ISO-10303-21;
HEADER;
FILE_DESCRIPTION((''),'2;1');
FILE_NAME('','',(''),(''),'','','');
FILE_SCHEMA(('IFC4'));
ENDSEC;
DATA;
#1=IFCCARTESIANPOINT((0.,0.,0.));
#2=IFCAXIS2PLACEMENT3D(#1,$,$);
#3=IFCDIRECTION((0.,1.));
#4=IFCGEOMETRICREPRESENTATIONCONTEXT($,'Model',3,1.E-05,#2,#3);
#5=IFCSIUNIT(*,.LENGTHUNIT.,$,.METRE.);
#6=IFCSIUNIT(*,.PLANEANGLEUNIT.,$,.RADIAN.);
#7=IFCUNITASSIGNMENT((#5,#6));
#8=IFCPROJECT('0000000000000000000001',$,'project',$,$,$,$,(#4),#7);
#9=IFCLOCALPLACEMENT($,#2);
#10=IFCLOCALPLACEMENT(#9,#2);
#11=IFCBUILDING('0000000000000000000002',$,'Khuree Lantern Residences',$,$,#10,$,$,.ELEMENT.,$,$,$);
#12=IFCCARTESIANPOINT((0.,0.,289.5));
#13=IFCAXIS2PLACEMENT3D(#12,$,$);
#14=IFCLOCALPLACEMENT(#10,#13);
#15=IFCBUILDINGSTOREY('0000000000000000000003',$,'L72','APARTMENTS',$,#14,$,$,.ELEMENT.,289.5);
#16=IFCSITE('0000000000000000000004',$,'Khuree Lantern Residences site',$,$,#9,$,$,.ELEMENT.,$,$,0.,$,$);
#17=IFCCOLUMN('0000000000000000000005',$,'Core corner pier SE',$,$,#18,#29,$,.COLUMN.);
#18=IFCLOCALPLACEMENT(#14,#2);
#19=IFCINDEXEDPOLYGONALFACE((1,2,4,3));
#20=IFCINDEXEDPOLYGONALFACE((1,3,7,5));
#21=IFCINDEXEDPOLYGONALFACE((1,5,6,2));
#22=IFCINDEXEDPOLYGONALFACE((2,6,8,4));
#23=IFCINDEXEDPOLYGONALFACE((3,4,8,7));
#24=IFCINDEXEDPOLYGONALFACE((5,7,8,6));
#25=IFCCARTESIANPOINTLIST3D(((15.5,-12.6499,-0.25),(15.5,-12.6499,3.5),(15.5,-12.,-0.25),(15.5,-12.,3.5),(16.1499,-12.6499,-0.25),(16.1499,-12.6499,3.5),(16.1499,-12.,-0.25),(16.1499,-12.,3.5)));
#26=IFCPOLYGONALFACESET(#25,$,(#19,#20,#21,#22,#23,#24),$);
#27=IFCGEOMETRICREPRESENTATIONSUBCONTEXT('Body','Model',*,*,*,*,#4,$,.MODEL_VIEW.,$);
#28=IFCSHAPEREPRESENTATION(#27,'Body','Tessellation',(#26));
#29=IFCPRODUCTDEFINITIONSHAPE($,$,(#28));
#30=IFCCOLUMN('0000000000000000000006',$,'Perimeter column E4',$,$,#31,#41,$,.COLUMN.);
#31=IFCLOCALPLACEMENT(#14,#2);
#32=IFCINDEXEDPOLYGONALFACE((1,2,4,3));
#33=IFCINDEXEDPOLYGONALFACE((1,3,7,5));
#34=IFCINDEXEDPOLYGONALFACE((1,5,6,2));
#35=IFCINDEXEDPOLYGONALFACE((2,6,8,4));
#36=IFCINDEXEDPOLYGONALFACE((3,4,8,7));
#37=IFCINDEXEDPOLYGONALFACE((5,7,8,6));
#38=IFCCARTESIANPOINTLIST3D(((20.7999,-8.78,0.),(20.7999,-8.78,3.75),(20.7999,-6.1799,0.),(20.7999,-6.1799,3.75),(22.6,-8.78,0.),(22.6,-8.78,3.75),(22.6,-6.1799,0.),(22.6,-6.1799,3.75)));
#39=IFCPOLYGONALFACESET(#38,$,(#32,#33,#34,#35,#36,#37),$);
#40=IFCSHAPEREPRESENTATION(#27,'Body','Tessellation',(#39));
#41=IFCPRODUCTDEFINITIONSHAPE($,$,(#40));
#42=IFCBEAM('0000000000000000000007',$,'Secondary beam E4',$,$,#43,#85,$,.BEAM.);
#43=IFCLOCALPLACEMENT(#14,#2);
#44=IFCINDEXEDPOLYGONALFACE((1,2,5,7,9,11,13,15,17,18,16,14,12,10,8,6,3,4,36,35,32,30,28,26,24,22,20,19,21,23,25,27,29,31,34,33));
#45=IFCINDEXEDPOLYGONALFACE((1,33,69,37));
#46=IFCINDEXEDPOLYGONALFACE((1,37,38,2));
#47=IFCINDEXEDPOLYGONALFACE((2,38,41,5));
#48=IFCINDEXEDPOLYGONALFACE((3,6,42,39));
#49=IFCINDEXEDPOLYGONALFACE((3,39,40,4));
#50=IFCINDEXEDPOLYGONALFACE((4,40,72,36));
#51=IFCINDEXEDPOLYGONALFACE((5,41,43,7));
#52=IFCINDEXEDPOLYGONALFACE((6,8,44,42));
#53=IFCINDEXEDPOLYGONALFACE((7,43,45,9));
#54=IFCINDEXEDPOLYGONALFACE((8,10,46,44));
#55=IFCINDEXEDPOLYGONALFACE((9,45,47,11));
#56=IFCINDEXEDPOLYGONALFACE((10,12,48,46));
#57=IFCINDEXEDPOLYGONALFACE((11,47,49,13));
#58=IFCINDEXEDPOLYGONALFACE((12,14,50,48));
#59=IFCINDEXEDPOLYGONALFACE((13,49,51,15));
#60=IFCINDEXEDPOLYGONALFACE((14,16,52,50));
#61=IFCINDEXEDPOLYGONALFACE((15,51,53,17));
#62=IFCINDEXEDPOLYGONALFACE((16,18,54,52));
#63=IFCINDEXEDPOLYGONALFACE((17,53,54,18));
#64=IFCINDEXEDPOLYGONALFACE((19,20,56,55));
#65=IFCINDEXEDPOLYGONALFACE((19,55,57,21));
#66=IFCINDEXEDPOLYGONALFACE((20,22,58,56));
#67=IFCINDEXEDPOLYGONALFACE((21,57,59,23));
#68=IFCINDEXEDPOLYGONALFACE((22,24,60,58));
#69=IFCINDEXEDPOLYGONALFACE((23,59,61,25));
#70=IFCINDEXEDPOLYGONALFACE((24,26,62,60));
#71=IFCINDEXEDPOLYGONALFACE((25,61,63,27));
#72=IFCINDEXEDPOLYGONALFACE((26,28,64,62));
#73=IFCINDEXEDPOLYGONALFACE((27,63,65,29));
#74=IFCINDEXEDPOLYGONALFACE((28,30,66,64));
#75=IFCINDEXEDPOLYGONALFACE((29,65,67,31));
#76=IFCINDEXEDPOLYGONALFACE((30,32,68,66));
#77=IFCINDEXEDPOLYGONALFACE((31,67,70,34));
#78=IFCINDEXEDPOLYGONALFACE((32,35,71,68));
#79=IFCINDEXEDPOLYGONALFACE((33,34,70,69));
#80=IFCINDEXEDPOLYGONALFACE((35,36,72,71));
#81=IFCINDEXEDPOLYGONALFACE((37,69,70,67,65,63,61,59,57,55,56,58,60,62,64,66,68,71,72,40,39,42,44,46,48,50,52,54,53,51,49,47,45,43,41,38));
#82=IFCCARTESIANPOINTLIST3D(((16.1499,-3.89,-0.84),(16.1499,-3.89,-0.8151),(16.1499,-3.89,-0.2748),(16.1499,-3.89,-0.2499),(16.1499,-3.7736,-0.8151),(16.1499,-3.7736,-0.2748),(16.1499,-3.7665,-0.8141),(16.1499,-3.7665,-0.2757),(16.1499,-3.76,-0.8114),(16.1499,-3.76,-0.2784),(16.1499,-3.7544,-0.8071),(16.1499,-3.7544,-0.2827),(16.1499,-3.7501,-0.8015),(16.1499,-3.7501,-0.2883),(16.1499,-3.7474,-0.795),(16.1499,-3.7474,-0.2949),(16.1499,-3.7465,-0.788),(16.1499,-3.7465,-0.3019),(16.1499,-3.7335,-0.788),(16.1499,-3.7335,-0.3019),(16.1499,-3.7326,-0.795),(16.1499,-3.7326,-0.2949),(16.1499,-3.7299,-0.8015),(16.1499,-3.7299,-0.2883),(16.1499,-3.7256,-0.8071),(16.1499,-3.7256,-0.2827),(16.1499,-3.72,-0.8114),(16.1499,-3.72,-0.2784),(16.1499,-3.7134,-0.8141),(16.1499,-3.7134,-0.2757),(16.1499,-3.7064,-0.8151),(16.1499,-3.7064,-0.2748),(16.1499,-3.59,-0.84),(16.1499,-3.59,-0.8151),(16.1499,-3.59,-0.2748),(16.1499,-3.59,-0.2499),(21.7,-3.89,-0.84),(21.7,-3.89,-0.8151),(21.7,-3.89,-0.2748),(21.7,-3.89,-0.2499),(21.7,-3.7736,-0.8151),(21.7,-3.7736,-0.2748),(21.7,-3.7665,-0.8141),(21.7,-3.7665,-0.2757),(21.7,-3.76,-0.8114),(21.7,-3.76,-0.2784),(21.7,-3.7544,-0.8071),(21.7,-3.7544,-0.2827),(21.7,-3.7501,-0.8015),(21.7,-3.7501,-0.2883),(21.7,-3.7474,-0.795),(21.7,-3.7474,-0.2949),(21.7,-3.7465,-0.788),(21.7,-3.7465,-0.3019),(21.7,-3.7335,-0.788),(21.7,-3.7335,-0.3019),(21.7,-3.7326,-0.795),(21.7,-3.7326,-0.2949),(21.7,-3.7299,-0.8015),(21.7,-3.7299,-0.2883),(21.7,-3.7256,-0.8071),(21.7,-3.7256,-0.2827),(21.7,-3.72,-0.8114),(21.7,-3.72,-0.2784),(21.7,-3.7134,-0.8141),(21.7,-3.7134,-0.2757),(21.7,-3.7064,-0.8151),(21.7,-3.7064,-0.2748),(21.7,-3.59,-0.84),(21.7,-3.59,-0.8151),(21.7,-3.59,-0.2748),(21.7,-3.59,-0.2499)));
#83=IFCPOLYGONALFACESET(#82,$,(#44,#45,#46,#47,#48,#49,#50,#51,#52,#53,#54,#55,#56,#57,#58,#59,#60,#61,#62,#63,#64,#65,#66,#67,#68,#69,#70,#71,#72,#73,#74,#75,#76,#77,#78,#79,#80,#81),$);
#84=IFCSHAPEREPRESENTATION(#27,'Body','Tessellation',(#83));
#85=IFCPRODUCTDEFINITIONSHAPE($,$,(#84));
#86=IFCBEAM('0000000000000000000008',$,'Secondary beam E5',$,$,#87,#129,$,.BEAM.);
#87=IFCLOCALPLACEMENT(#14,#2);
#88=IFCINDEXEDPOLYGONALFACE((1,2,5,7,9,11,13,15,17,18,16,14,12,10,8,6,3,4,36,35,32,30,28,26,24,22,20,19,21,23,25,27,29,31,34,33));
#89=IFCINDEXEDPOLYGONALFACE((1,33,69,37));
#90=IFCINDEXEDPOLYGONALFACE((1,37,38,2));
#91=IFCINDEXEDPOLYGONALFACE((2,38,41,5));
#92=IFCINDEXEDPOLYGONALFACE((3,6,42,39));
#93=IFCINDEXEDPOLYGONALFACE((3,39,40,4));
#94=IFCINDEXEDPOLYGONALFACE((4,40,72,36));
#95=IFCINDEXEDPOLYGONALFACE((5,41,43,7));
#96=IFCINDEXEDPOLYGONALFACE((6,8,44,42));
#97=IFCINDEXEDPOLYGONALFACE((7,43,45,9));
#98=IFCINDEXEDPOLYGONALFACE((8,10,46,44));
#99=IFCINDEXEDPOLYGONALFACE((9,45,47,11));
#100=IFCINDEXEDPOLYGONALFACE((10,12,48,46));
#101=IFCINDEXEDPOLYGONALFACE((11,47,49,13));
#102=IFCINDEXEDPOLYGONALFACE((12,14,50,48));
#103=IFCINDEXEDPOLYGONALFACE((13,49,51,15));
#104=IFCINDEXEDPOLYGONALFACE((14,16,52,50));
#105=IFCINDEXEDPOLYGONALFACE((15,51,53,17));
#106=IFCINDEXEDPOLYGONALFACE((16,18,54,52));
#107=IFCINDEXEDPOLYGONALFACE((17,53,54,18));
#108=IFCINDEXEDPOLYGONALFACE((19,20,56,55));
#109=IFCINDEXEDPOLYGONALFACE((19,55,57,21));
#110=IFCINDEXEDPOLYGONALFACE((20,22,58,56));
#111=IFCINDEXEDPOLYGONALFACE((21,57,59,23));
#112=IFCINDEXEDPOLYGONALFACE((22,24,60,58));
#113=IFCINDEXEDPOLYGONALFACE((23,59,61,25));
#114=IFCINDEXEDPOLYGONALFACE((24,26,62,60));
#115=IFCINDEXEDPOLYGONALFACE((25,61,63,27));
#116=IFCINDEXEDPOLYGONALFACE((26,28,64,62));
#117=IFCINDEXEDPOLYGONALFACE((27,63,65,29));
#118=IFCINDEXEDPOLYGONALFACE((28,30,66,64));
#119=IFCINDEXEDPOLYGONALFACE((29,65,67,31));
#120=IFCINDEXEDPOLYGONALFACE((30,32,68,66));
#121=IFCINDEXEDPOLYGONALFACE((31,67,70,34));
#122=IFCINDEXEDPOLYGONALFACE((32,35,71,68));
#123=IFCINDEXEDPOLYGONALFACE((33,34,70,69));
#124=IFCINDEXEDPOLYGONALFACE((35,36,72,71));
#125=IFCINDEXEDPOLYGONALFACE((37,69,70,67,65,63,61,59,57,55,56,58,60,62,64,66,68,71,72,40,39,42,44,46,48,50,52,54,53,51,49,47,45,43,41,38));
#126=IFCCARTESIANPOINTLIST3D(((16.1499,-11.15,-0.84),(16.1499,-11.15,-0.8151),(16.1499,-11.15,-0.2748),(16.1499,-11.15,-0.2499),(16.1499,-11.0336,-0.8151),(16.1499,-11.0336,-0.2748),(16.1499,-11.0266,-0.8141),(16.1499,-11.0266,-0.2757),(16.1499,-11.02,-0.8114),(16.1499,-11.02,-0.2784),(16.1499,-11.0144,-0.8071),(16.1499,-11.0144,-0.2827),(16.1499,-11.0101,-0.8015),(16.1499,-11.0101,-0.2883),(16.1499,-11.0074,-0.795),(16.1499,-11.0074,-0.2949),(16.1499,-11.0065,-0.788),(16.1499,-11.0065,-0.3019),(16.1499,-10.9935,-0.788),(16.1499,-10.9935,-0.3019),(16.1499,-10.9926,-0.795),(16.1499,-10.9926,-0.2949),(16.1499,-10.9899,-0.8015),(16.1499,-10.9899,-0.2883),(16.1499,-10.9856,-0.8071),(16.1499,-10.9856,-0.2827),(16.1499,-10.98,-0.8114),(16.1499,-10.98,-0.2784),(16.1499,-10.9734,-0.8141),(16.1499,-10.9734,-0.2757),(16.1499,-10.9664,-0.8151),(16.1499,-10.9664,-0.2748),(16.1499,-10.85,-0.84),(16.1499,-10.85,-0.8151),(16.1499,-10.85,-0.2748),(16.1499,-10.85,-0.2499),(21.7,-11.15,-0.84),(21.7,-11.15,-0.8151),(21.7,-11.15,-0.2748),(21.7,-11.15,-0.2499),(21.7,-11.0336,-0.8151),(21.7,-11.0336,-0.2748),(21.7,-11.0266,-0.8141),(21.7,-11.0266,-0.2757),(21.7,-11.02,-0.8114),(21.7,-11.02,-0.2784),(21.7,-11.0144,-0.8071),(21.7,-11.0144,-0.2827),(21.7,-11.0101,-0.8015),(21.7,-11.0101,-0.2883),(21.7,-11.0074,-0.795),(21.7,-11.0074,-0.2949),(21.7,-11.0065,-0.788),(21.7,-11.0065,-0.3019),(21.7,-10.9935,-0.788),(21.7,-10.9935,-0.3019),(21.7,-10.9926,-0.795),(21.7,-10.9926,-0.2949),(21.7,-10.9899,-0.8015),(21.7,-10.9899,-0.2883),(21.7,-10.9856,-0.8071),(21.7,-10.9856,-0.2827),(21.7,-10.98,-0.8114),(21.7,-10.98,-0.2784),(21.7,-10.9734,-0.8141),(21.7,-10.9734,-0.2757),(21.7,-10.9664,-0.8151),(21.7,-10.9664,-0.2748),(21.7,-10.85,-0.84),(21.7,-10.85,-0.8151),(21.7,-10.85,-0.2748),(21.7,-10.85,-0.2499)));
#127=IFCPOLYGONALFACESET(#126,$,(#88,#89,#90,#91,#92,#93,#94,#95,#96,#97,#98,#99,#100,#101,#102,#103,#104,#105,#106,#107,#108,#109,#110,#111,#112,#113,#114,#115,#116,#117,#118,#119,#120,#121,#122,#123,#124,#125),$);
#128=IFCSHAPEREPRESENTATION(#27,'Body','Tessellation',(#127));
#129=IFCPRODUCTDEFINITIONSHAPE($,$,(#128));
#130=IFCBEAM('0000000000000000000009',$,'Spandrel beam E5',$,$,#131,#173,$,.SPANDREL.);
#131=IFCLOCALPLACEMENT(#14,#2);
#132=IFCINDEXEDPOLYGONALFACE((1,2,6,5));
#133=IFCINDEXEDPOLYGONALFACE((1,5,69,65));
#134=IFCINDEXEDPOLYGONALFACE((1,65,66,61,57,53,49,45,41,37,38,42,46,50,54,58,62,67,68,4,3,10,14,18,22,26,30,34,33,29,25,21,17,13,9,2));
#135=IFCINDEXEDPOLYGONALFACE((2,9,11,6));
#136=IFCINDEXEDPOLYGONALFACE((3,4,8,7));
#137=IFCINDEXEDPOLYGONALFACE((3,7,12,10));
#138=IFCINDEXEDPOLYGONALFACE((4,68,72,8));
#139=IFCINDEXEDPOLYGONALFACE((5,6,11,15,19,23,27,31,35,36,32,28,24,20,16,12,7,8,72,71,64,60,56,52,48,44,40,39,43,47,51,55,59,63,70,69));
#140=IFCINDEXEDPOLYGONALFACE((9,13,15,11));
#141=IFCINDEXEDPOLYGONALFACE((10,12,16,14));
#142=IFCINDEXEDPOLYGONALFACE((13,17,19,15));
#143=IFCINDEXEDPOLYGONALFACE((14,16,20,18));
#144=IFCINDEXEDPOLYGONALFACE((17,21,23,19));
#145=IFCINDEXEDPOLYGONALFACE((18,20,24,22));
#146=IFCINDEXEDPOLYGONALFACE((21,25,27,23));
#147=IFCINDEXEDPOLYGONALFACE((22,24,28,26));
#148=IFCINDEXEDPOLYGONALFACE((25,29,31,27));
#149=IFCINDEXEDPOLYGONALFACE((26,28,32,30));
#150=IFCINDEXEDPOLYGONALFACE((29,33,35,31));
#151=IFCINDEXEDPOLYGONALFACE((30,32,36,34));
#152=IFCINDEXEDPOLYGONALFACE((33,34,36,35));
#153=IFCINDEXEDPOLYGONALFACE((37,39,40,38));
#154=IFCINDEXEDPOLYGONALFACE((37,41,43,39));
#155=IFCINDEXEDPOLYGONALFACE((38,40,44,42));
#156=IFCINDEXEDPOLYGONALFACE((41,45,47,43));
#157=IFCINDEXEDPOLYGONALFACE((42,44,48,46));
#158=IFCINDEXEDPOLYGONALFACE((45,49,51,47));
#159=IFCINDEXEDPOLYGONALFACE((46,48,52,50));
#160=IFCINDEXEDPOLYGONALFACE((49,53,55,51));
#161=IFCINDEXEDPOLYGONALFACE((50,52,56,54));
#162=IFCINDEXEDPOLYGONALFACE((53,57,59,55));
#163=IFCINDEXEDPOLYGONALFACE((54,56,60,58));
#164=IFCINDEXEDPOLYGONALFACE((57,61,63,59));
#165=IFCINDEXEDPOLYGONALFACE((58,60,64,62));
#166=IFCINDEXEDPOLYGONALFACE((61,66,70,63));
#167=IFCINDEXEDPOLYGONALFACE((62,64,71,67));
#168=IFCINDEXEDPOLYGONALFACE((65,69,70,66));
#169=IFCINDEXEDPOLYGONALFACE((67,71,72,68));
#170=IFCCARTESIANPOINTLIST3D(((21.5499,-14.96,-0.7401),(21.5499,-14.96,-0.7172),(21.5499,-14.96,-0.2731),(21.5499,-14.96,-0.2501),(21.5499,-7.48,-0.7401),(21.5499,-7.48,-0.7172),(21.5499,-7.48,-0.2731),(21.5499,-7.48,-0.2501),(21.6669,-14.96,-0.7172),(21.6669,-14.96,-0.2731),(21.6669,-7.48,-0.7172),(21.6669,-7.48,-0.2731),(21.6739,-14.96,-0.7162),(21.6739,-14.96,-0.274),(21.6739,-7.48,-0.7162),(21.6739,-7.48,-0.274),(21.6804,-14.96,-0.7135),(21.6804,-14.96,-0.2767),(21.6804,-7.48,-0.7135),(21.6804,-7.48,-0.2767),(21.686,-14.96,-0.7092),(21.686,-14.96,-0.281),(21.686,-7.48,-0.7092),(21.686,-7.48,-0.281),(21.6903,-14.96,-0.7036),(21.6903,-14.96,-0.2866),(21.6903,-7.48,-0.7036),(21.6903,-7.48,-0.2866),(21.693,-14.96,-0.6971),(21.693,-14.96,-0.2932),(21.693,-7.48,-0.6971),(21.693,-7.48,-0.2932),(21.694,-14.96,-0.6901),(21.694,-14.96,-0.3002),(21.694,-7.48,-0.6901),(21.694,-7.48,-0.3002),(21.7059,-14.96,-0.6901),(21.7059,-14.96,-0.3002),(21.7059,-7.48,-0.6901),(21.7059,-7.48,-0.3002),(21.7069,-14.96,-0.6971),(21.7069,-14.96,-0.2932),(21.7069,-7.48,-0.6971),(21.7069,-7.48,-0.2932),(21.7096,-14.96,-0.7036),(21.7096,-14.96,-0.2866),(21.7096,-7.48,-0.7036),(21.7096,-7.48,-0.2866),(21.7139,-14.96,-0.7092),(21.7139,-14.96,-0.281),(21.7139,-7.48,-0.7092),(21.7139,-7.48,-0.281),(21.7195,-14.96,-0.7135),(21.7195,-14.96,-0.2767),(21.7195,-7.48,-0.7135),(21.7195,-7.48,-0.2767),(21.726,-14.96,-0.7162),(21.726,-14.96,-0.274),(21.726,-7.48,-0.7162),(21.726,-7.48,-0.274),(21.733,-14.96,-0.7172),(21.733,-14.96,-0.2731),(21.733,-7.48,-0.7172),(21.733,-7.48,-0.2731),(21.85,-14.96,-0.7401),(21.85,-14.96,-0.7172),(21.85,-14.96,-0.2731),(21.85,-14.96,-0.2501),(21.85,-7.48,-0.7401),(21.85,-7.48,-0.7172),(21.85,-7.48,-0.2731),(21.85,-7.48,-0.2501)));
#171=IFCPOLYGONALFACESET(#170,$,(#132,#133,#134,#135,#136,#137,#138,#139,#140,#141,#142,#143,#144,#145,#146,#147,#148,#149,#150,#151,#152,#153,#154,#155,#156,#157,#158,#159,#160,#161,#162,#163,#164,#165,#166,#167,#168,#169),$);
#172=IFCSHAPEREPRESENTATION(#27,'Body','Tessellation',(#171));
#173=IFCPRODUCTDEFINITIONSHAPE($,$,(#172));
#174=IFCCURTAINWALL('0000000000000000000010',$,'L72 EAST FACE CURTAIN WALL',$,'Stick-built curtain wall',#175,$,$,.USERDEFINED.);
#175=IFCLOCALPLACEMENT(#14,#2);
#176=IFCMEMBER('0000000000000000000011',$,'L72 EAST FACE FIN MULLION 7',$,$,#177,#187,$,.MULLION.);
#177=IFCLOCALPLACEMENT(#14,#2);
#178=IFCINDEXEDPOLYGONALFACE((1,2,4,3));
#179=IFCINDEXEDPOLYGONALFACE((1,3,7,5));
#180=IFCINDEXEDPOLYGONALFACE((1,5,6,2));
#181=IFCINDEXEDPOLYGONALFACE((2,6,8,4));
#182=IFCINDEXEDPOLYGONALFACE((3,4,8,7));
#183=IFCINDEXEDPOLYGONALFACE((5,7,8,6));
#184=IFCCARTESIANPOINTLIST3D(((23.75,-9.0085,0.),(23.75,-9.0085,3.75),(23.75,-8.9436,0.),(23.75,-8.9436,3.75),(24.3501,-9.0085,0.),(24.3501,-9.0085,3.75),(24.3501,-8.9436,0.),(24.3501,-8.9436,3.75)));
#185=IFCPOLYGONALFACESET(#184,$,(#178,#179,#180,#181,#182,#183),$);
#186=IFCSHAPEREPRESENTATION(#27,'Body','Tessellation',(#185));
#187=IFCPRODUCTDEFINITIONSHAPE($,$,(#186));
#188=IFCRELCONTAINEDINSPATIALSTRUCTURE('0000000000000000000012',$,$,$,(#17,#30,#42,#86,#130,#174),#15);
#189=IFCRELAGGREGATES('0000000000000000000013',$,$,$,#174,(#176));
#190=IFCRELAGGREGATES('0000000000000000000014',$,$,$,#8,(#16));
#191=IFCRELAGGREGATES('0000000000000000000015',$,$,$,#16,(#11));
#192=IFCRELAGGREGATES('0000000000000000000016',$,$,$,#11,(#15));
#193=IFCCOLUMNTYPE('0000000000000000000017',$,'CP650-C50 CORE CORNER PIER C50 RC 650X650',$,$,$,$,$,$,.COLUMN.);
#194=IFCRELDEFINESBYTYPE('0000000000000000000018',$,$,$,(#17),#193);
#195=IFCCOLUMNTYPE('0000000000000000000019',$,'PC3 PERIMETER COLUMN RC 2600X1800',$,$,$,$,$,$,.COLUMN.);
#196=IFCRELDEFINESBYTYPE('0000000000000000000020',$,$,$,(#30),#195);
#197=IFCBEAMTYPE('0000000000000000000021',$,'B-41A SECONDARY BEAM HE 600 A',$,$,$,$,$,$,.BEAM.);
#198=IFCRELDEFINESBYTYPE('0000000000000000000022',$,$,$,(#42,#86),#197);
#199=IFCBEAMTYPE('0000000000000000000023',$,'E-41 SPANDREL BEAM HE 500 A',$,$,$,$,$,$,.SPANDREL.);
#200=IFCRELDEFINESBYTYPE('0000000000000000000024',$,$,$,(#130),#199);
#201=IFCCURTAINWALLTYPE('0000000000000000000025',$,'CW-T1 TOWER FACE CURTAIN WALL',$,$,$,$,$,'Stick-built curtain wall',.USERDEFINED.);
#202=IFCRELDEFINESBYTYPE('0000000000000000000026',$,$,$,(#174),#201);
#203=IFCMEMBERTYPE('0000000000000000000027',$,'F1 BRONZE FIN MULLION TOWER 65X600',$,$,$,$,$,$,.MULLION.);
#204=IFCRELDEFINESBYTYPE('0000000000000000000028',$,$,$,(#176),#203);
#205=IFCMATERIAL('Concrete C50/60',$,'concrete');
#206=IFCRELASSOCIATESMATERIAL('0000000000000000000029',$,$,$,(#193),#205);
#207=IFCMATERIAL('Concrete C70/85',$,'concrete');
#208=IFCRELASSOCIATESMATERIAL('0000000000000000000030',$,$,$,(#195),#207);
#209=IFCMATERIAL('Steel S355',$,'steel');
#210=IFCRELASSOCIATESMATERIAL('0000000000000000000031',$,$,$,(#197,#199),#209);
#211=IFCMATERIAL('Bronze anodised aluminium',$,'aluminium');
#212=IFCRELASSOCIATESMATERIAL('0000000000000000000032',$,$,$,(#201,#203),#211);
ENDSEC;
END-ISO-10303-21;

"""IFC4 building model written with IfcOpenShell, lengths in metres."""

from ifc_helpers import new_model, si_unit, direction, frame, origin, origin_2d, place, context, subcontext, project, spatial, rectangle, i_section, extrude, material, material_profile, profile_set, type_object, element, aggregate, save


model = new_model("IFC4")

# Units and contexts
model_context = context("Model", 3, precision=1e-05, world=origin(), true_north=direction((0.0, 1.0)))
body_context = subcontext(model_context, "Body", "Model", "MODEL_VIEW")
ifc_project = project(units=[si_unit("LENGTHUNIT", "METRE"), si_unit("PLANEANGLEUNIT", "RADIAN")], contexts=[model_context])

# Site, building, storey
site_placement = place(None, origin())
site = spatial("IfcSite", under=ifc_project, at=site_placement, Name="Khuree Lantern Residences site", CompositionType="ELEMENT", RefElevation=0.0)
building_placement = place(site_placement, origin())
building = spatial("IfcBuilding", under=site, at=building_placement, Name="Khuree Lantern Residences", CompositionType="ELEMENT")
storey_placement = place(building_placement, frame((0.0, 0.0, 289.5)))
storey = spatial("IfcBuildingStorey", under=building, at=storey_placement, Name="L72", Description="APARTMENTS", CompositionType="ELEMENT", Elevation=289.5)

# Columns
ifc_material_1 = material(Name="Concrete C50/60", Category="concrete")
ifc_material_profile_1 = material_profile(ifc_material_1, rectangle(XDim=0.6499, YDim=0.6499, at=origin_2d()), Name="RC 650X650")
ifc_profile_set_1 = profile_set([ifc_material_profile_1], Name="Concrete C50/60")
column_type_1 = type_object("IfcColumnType", Name="CP650-C50 CORE CORNER PIER C50 RC 650X650", PredefinedType="COLUMN", material=ifc_profile_set_1)
column_1_placement = place(storey_placement, frame((15.825, -12.325, -0.25), z_axis=(0.0, 0.0, 1.0), x_axis=(1.0, 0.0, 0.0)))
element("IfcColumn", 1, at=column_1_placement, inside=storey, type_object=column_type_1, Name="Core corner pier SE", PredefinedType="COLUMN", context=body_context, shape_type="SweptSolid", body=[
    extrude(rectangle(XDim=0.6499, YDim=0.6499, at=origin_2d()), origin(), (0.0, 0.0, 1.0), 3.75),
])
ifc_material_2 = material(Name="Concrete C70/85", Category="concrete")
ifc_material_profile_2 = material_profile(ifc_material_2, rectangle(XDim=2.6001, YDim=1.8, at=origin_2d()), Name="RC 2600X1800")
ifc_profile_set_2 = profile_set([ifc_material_profile_2], Name="Concrete C70/85")
column_type_2 = type_object("IfcColumnType", Name="PC3 PERIMETER COLUMN RC 2600X1800", PredefinedType="COLUMN", material=ifc_profile_set_2)
column_2_placement = place(storey_placement, frame((21.7, -7.48, 0.0), z_axis=(0.0, 0.0, 1.0), x_axis=(0.0, 1.0, 0.0)))
element("IfcColumn", 2, at=column_2_placement, inside=storey, type_object=column_type_2, Name="Perimeter column E4", PredefinedType="COLUMN", context=body_context, shape_type="SweptSolid", body=[
    extrude(rectangle(XDim=2.6001, YDim=1.8, at=origin_2d()), origin(), (0.0, 0.0, 1.0), 3.75),
])

# Beams
ifc_material_3 = material(Name="Steel S355", Category="steel")
ifc_material_profile_3 = material_profile(ifc_material_3, i_section(OverallWidth=0.3, OverallDepth=0.5901, WebThickness=0.0129, FlangeThickness=0.0249, FilletRadius=0.0271, at=origin_2d()), Name="HE 600 A")
ifc_profile_set_3 = profile_set([ifc_material_profile_3], Name="Steel S355")
beam_type_1 = type_object("IfcBeamType", Name="B-41A SECONDARY BEAM HE 600 A", PredefinedType="BEAM", material=ifc_profile_set_3)
for number, where, z_axis, x_axis, name in (
    (3, (21.7, -3.74, -0.5449), (-1.0, 0.0, 0.0), (0.0, -1.0, 0.0), "Secondary beam E4"),
    (4, (21.7, -11.0, -0.5449), (-1.0, 0.0, 0.0), (0.0, -1.0, 0.0), "Secondary beam E5"),
):
    element("IfcBeam", number, at=place(storey_placement, frame(where, z_axis=z_axis, x_axis=x_axis)), inside=storey, type_object=beam_type_1, Name=name, PredefinedType="BEAM", context=body_context, shape_type="SweptSolid", body=[
        extrude(i_section(OverallWidth=0.3, OverallDepth=0.5901, WebThickness=0.0129, FlangeThickness=0.0249, FilletRadius=0.0271, at=origin_2d()), origin(), (0.0, 0.0, 1.0), 5.55),
    ])
ifc_material_profile_4 = material_profile(ifc_material_3, i_section(OverallWidth=0.3, OverallDepth=0.49, WebThickness=0.012, FlangeThickness=0.0229, FilletRadius=0.0271, at=origin_2d()), Name="HE 500 A")
ifc_profile_set_4 = profile_set([ifc_material_profile_4], Name="Steel S355")
beam_type_2 = type_object("IfcBeamType", Name="E-41 SPANDREL BEAM HE 500 A", PredefinedType="SPANDREL", material=ifc_profile_set_4)
beam_1_placement = place(storey_placement, frame((21.7, -7.48, -0.4951), z_axis=(0.0, -1.0, 0.0), x_axis=(1.0, 0.0, 0.0)))
element("IfcBeam", 5, at=beam_1_placement, inside=storey, type_object=beam_type_2, Name="Spandrel beam E5", PredefinedType="SPANDREL", context=body_context, shape_type="SweptSolid", body=[
    extrude(i_section(OverallWidth=0.3, OverallDepth=0.49, WebThickness=0.012, FlangeThickness=0.0229, FilletRadius=0.0271, at=origin_2d()), origin(), (0.0, 0.0, 1.0), 7.48),
])

# Curtain wall, member
ifc_material_4 = material(Name="Bronze anodised aluminium", Category="aluminium")
curtain_wall_type = type_object("IfcCurtainWallType", Name="CW-T1 TOWER FACE CURTAIN WALL", ElementType="Stick-built curtain wall", PredefinedType="USERDEFINED", material=ifc_material_4)
curtain_wall_placement = place(storey_placement, origin())
curtain_wall = element("IfcCurtainWall", 6, at=curtain_wall_placement, inside=storey, type_object=curtain_wall_type, Name="L72 EAST FACE CURTAIN WALL", ObjectType="Stick-built curtain wall", PredefinedType="USERDEFINED")
ifc_material_profile_5 = material_profile(ifc_material_4, rectangle(XDim=0.0649, YDim=0.6001, at=origin_2d()), Name="F1 65X600")
ifc_profile_set_5 = profile_set([ifc_material_profile_5], Name="Bronze anodised aluminium")
member_type_1 = type_object("IfcMemberType", Name="F1 BRONZE FIN MULLION TOWER 65X600", PredefinedType="MULLION", material=ifc_profile_set_5)
member_1_placement = place(storey_placement, frame((24.05, -8.9761, 0.0), z_axis=(0.0, 0.0, 1.0), x_axis=(0.0, 1.0, 0.0)))
member_1 = element("IfcMember", 7, at=member_1_placement, type_object=member_type_1, Name="L72 EAST FACE FIN MULLION 7", PredefinedType="MULLION", context=body_context, shape_type="SweptSolid", body=[
    extrude(rectangle(XDim=0.0649, YDim=0.6001, at=origin_2d()), origin(), (0.0, 0.0, 1.0), 3.75),
])

aggregate(curtain_wall, [member_1])

save(model, "model.ifc")
